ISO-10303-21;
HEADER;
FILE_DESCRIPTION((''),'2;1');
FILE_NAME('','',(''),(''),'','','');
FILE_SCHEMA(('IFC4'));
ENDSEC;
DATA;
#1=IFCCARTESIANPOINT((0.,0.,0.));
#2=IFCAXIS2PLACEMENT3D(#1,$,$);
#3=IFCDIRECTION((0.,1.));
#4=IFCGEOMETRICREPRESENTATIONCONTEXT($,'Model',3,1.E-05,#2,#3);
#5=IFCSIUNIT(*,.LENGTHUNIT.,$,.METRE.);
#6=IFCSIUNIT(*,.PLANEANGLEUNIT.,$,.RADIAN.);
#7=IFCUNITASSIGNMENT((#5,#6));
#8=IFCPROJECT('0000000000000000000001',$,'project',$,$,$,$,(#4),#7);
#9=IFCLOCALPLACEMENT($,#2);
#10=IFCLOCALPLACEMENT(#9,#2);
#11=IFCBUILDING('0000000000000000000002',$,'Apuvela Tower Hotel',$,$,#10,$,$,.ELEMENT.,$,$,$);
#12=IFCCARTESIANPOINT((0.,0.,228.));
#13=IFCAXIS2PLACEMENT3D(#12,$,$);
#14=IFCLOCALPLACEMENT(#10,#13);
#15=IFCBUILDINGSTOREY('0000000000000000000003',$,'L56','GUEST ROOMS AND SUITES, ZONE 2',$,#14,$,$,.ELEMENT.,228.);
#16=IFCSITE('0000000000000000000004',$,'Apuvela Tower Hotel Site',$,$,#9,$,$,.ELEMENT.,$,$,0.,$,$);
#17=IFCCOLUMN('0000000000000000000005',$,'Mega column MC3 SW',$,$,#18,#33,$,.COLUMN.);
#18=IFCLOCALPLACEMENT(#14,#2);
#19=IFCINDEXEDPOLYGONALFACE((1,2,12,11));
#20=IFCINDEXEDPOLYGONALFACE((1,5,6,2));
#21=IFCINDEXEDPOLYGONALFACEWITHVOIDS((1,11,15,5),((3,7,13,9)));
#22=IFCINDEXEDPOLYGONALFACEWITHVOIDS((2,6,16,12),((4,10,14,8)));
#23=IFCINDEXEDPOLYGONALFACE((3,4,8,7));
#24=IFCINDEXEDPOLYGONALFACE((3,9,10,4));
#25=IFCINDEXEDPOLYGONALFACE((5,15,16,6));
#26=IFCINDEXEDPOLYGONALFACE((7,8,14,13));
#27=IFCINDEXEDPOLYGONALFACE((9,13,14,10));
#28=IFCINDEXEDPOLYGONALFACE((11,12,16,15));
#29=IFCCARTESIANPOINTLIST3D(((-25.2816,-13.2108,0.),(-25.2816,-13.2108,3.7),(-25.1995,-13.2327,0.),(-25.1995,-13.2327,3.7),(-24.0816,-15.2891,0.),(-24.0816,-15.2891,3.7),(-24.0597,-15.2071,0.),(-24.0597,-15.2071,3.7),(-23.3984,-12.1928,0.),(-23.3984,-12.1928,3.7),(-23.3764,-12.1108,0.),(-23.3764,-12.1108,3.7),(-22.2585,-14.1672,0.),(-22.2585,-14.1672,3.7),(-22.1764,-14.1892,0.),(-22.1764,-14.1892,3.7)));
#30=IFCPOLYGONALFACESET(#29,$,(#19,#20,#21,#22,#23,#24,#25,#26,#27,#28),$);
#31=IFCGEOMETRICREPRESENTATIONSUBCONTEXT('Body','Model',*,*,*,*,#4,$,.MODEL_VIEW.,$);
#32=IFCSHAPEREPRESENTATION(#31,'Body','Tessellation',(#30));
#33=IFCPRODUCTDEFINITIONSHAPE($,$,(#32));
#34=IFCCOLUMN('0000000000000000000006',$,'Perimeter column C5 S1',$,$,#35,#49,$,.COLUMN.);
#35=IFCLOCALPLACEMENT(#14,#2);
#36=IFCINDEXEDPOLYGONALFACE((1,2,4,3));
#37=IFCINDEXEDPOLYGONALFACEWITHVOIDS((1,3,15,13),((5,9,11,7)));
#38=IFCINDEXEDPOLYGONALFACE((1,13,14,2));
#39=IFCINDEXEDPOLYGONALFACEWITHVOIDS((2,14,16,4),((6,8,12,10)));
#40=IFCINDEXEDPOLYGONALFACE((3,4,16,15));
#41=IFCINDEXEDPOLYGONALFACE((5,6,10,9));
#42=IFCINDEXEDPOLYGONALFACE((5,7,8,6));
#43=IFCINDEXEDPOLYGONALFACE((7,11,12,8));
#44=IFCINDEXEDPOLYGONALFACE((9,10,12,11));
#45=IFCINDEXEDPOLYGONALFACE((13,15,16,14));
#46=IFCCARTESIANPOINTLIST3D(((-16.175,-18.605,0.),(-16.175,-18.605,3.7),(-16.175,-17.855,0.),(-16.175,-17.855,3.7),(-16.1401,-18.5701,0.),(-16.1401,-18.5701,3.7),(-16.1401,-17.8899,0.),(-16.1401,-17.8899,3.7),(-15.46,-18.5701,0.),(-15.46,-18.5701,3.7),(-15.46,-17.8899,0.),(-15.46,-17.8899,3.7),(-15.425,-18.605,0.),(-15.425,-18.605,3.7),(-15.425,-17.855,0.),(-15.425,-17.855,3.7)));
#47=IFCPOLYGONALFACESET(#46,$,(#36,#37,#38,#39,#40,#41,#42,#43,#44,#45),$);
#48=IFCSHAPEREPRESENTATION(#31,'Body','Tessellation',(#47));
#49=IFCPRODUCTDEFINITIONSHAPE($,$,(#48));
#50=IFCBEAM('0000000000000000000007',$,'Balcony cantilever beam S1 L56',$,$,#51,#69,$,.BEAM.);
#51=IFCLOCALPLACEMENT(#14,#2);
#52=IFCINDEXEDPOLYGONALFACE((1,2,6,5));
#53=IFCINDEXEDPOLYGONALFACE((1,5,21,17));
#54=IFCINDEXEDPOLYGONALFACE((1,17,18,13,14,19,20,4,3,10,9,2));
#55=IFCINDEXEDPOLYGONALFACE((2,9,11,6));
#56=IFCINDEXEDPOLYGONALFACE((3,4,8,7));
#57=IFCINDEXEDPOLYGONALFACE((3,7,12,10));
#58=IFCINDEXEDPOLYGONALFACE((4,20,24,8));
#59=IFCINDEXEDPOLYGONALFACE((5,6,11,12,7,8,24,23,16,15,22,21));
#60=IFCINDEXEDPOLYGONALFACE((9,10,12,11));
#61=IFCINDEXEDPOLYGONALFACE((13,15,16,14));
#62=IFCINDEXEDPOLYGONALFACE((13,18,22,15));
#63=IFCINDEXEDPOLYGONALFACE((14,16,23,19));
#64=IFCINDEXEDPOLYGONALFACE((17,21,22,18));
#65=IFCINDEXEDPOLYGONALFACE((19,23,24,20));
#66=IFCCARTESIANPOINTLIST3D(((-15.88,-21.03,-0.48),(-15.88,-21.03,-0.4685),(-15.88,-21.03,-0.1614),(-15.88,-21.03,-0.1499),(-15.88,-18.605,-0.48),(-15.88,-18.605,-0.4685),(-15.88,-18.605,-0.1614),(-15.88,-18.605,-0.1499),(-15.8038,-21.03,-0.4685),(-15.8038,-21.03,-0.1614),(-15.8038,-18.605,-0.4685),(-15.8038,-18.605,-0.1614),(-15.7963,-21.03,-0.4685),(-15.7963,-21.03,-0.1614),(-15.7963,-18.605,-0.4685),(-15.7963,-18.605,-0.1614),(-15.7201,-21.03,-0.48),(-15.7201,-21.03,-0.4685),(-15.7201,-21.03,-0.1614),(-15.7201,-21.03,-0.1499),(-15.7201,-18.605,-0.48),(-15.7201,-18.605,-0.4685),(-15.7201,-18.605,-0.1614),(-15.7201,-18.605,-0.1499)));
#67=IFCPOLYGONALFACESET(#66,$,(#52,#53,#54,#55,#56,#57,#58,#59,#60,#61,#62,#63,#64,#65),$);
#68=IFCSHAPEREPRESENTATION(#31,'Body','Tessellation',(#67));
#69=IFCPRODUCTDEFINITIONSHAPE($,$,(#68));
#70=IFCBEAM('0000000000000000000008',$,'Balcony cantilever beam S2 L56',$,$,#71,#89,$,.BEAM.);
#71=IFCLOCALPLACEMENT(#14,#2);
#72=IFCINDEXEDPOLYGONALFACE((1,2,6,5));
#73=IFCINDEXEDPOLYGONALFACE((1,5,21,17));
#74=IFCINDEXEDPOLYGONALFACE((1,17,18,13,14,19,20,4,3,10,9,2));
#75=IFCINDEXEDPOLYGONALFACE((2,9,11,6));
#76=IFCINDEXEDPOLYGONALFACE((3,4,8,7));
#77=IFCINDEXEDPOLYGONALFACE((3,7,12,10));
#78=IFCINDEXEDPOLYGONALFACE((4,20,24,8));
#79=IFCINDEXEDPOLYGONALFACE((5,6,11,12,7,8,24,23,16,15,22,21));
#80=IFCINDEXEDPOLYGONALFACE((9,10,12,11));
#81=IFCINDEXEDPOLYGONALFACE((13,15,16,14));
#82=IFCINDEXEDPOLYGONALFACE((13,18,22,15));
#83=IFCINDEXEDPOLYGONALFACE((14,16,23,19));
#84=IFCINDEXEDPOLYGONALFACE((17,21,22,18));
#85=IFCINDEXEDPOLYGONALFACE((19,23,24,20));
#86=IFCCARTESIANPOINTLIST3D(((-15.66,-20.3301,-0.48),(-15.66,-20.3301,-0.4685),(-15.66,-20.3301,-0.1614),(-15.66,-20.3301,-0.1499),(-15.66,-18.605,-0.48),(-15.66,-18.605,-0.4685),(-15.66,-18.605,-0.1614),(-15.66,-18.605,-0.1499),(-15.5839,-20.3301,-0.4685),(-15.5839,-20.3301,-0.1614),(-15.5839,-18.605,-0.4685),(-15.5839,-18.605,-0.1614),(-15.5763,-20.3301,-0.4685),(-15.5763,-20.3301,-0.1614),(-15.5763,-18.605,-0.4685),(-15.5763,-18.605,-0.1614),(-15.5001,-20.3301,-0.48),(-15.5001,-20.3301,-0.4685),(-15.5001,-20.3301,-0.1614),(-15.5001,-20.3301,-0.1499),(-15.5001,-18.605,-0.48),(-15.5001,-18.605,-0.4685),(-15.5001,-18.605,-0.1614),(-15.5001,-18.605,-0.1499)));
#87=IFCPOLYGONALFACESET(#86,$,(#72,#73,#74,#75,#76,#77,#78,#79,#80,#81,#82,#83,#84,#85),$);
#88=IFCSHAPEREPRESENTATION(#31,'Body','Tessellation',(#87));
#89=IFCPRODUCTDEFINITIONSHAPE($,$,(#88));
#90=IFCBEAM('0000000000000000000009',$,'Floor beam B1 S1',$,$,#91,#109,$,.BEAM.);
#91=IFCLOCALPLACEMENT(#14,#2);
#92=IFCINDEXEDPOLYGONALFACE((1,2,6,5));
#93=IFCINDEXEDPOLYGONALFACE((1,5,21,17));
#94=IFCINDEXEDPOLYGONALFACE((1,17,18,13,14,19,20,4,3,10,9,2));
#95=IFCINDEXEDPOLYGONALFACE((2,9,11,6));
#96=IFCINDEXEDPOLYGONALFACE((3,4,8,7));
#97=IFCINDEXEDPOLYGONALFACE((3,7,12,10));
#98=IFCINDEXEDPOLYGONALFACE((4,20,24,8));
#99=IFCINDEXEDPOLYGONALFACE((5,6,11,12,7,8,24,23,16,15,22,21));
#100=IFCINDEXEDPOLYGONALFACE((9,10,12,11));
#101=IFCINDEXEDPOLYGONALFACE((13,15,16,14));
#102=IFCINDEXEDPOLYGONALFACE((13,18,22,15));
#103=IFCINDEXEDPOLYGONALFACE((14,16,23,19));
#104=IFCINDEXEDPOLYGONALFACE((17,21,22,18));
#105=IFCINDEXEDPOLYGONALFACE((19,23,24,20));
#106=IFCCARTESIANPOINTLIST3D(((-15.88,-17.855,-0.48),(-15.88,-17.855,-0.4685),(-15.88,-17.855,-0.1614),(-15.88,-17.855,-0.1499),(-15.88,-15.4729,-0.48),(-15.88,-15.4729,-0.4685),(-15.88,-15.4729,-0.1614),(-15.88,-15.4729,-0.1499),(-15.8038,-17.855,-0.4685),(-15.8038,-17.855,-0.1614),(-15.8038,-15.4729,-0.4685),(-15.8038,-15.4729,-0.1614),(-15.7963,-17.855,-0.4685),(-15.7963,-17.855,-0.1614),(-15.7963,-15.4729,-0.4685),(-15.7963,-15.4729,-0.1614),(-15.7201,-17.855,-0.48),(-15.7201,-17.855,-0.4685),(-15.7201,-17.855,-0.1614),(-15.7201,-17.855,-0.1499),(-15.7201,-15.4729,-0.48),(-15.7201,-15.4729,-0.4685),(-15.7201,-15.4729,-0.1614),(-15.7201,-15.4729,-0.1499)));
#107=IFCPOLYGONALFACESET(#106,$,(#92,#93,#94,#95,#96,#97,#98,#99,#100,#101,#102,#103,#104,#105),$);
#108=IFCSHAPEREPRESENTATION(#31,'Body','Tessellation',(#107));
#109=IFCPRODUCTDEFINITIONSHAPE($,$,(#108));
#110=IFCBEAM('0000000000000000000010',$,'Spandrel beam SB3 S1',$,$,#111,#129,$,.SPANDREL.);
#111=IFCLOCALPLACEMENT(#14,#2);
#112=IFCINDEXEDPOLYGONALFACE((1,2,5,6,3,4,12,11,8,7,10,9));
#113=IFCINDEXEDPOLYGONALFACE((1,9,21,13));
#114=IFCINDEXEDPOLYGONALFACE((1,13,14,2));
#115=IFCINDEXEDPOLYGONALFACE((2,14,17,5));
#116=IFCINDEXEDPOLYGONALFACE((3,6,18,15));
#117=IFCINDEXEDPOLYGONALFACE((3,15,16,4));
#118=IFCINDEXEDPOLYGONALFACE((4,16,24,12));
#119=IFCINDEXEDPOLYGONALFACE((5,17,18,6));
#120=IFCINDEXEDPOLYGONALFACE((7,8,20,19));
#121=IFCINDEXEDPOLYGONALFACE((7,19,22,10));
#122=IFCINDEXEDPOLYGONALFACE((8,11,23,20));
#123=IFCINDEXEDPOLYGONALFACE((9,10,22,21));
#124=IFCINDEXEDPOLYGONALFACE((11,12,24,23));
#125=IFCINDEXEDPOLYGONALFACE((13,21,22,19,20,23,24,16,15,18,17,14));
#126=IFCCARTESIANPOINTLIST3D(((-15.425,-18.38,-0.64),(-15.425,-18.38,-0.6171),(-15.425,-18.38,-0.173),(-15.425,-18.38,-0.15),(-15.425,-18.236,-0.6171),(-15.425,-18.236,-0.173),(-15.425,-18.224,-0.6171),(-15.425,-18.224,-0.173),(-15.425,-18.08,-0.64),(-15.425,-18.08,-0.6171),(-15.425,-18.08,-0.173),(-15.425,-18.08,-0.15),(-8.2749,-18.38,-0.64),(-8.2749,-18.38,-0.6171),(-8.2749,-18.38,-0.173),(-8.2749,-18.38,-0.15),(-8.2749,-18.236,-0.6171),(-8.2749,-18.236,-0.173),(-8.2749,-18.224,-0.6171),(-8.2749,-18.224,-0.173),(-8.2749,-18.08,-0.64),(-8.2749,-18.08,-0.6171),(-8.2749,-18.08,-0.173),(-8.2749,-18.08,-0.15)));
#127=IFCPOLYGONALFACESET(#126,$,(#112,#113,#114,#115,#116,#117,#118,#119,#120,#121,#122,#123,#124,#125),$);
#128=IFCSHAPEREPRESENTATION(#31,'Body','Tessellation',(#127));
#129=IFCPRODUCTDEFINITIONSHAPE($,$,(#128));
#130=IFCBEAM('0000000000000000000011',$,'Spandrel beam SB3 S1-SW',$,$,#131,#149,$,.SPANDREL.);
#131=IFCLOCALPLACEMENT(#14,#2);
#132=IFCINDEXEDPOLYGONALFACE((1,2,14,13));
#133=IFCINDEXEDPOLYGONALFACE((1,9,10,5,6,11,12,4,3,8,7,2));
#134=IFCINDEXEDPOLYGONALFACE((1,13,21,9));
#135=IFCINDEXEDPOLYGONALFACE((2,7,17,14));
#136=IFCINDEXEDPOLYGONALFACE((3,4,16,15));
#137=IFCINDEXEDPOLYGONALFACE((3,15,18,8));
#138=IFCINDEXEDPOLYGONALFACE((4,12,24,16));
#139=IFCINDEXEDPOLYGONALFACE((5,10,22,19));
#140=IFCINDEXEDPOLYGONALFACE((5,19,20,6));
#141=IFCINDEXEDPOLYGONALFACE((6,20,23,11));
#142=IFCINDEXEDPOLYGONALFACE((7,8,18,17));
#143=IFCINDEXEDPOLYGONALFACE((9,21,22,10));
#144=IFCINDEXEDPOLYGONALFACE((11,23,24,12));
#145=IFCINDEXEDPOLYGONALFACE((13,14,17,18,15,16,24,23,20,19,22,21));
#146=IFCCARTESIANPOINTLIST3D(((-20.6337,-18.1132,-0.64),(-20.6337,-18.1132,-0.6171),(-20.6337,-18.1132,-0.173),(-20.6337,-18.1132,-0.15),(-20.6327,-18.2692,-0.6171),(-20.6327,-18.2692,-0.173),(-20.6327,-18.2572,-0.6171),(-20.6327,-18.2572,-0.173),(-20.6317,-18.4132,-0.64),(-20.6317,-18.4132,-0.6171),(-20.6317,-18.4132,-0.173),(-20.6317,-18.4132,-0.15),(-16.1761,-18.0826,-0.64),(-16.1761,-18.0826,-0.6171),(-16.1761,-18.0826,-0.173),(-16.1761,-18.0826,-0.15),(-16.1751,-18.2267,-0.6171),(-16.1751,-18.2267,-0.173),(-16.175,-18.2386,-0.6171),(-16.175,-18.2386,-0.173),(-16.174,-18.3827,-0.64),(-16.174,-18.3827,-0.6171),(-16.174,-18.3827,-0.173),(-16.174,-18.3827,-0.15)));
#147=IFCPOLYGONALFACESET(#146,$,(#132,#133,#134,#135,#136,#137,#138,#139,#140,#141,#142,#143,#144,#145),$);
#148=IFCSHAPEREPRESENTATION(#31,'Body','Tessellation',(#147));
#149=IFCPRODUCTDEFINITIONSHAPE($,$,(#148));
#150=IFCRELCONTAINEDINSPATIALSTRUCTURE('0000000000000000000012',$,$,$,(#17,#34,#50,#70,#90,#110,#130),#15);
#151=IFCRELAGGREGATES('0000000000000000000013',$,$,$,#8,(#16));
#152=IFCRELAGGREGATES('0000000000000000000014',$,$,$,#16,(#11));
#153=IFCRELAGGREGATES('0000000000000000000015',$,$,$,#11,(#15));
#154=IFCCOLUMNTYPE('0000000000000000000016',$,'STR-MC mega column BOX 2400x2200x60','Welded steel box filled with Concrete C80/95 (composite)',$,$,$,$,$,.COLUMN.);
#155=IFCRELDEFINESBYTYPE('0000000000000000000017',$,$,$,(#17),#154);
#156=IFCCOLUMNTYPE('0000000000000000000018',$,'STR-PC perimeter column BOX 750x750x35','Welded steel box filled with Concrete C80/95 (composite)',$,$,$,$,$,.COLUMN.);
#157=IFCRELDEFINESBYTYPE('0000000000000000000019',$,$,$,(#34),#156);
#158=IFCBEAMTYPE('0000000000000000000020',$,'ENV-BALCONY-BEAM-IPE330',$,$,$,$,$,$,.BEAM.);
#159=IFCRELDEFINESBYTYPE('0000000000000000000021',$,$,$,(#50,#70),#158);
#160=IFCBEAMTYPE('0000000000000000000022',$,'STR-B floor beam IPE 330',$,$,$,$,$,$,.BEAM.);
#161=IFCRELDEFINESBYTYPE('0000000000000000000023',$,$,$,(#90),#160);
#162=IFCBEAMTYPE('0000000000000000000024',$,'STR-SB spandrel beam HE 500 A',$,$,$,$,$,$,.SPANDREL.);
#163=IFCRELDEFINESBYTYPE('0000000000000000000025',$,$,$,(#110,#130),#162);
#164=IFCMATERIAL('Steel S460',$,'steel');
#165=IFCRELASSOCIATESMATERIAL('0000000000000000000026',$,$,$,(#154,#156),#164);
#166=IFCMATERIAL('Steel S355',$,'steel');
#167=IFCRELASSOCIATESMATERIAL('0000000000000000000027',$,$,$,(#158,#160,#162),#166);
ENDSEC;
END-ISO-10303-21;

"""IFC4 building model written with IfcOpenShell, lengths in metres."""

from ifc_helpers import new_model, si_unit, direction, frame, origin, origin_2d, place, context, subcontext, project, spatial, rectangle, hollow_rectangle, i_section, extrude, material, material_profile, profile_set, type_object, element, save


model = new_model("IFC4")

# Units and contexts
model_context = context("Model", 3, precision=1e-05, world=origin(), true_north=direction((0.0, 1.0)))
body_context = subcontext(model_context, "Body", "Model", "MODEL_VIEW")
ifc_project = project(units=[si_unit("LENGTHUNIT", "METRE"), si_unit("PLANEANGLEUNIT", "RADIAN")], contexts=[model_context])

# Site, building, storey
site_placement = place(None, origin())
site = spatial("IfcSite", under=ifc_project, at=site_placement, Name="Apuvela Tower Hotel Site", CompositionType="ELEMENT", RefElevation=0.0)
building_placement = place(site_placement, origin())
building = spatial("IfcBuilding", under=site, at=building_placement, Name="Apuvela Tower Hotel", CompositionType="ELEMENT")
storey_placement = place(building_placement, frame((0.0, 0.0, 228.0)))
storey = spatial("IfcBuildingStorey", under=building, at=storey_placement, Name="L56", Description="GUEST ROOMS AND SUITES, ZONE 2", CompositionType="ELEMENT", Elevation=228.0)

# Columns
ifc_material_1 = material(Name="Steel S460", Category="steel")
ifc_material_profile_1 = material_profile(ifc_material_1, hollow_rectangle(XDim=2.3999, YDim=2.2, WallThickness=0.0601, at=origin_2d()), Name="BOX 2400x2200x60")
ifc_material_2 = material(Name="Concrete C80/95", Category="concrete")
ifc_material_profile_2 = material_profile(ifc_material_2, rectangle(XDim=2.28, YDim=2.0801, at=origin_2d()), Name="Concrete C80/95 infill")
ifc_profile_set_1 = profile_set([ifc_material_profile_1, ifc_material_profile_2], Name="Steel S460")
column_type_1 = type_object("IfcColumnType", Name="STR-MC mega column BOX 2400x2200x60", Description="Welded steel box filled with Concrete C80/95 (composite)", PredefinedType="COLUMN", material=ifc_profile_set_1)
column_1_placement = place(storey_placement, frame((-23.729, -13.7, 0.0), z_axis=(0.0, 0.0, 1.0), x_axis=(-0.5, 0.866025, 0.0)))
element("IfcColumn", 1, at=column_1_placement, inside=storey, type_object=column_type_1, Name="Mega column MC3 SW", PredefinedType="COLUMN", context=body_context, shape_type="SweptSolid", body=[
    extrude(hollow_rectangle(XDim=2.3999, YDim=2.2, WallThickness=0.0601, at=origin_2d()), origin(), (0.0, 0.0, 1.0), 3.7),
])
ifc_material_profile_3 = material_profile(ifc_material_1, hollow_rectangle(XDim=0.75, YDim=0.75, WallThickness=0.0349, at=origin_2d()), Name="BOX 750x750x35")
ifc_material_profile_4 = material_profile(ifc_material_2, rectangle(XDim=0.6799, YDim=0.6799, at=origin_2d()), Name="Concrete C80/95 infill")
ifc_profile_set_2 = profile_set([ifc_material_profile_3, ifc_material_profile_4], Name="Steel S460")
column_type_2 = type_object("IfcColumnType", Name="STR-PC perimeter column BOX 750x750x35", Description="Welded steel box filled with Concrete C80/95 (composite)", PredefinedType="COLUMN", material=ifc_profile_set_2)
column_2_placement = place(storey_placement, frame((-15.8, -18.23, 0.0), z_axis=(0.0, 0.0, 1.0), x_axis=(-1.0, 0.0, 0.0)))
element("IfcColumn", 2, at=column_2_placement, inside=storey, type_object=column_type_2, Name="Perimeter column C5 S1", PredefinedType="COLUMN", context=body_context, shape_type="SweptSolid", body=[
    extrude(hollow_rectangle(XDim=0.75, YDim=0.75, WallThickness=0.0349, at=origin_2d()), origin(), (0.0, 0.0, 1.0), 3.7),
])

# Beams
ifc_material_3 = material(Name="Steel S355", Category="steel")
ifc_material_profile_5 = material_profile(ifc_material_3, i_section(OverallWidth=0.1599, OverallDepth=0.3301, WebThickness=0.0076, FlangeThickness=0.0115, at=origin_2d()), Name="IPE 330")
ifc_profile_set_3 = profile_set([ifc_material_profile_5], Name="Steel S355")
beam_type_1 = type_object("IfcBeamType", Name="ENV-BALCONY-BEAM-IPE330", PredefinedType="BEAM", material=ifc_profile_set_3)
beam_1_placement = place(storey_placement, frame((-15.8, -18.605, -0.3149), z_axis=(0.0, -1.0, 0.0), x_axis=(1.0, 0.0, 0.0)))
element("IfcBeam", 3, at=beam_1_placement, inside=storey, type_object=beam_type_1, Name="Balcony cantilever beam S1 L56", PredefinedType="BEAM", context=body_context, shape_type="SweptSolid", body=[
    extrude(i_section(OverallWidth=0.1599, OverallDepth=0.3301, WebThickness=0.0076, FlangeThickness=0.0115, at=origin_2d()), origin(), (0.0, 0.0, 1.0), 2.425),
])
beam_2_placement = place(storey_placement, frame((-15.5801, -18.605, -0.3149), z_axis=(0.0, -1.0, 0.0), x_axis=(1.0, 0.0, 0.0)))
element("IfcBeam", 4, at=beam_2_placement, inside=storey, type_object=beam_type_1, Name="Balcony cantilever beam S2 L56", PredefinedType="BEAM", context=body_context, shape_type="SweptSolid", body=[
    extrude(i_section(OverallWidth=0.1599, OverallDepth=0.3301, WebThickness=0.0076, FlangeThickness=0.0115, at=origin_2d()), origin(), (0.0, 0.0, 1.0), 1.7251),
])
ifc_material_profile_6 = material_profile(ifc_material_3, i_section(OverallWidth=0.1599, OverallDepth=0.3301, WebThickness=0.0076, FlangeThickness=0.0115, at=origin_2d()), Name="IPE 330")
ifc_profile_set_4 = profile_set([ifc_material_profile_6], Name="Steel S355")
beam_type_2 = type_object("IfcBeamType", Name="STR-B floor beam IPE 330", PredefinedType="BEAM", material=ifc_profile_set_4)
beam_3_placement = place(storey_placement, frame((-15.8, -17.855, -0.3149), z_axis=(0.0, 1.0, 0.0), x_axis=(-1.0, 0.0, 0.0)))
element("IfcBeam", 5, at=beam_3_placement, inside=storey, type_object=beam_type_2, Name="Floor beam B1 S1", PredefinedType="BEAM", context=body_context, shape_type="SweptSolid", body=[
    extrude(i_section(OverallWidth=0.1599, OverallDepth=0.3301, WebThickness=0.0076, FlangeThickness=0.0115, at=origin_2d()), origin(), (0.0, 0.0, 1.0), 2.3821),
])
ifc_material_profile_7 = material_profile(ifc_material_3, i_section(OverallWidth=0.3, OverallDepth=0.49, WebThickness=0.012, FlangeThickness=0.0229, at=origin_2d()), Name="HE 500 A")
ifc_profile_set_5 = profile_set([ifc_material_profile_7], Name="Steel S355")
beam_type_3 = type_object("IfcBeamType", Name="STR-SB spandrel beam HE 500 A", PredefinedType="SPANDREL", material=ifc_profile_set_5)
beam_4_placement = place(storey_placement, frame((-15.425, -18.23, -0.395), z_axis=(1.0, 0.0, 0.0), x_axis=(0.0, 1.0, 0.0)))
element("IfcBeam", 6, at=beam_4_placement, inside=storey, type_object=beam_type_3, Name="Spandrel beam SB3 S1", PredefinedType="SPANDREL", context=body_context, shape_type="SweptSolid", body=[
    extrude(i_section(OverallWidth=0.3, OverallDepth=0.49, WebThickness=0.012, FlangeThickness=0.0229, at=origin_2d()), origin(), (0.0, 0.0, 1.0), 7.1501),
])
beam_5_placement = place(storey_placement, frame((-16.175, -18.2327, -0.395), z_axis=(-0.999977, -0.006846, 0.0), x_axis=(0.006846, -0.999977, 0.0)))
element("IfcBeam", 7, at=beam_5_placement, inside=storey, type_object=beam_type_3, Name="Spandrel beam SB3 S1-SW", PredefinedType="SPANDREL", context=body_context, shape_type="SweptSolid", body=[
    extrude(i_section(OverallWidth=0.3, OverallDepth=0.49, WebThickness=0.012, FlangeThickness=0.0229, at=origin_2d()), origin(), (0.0, 0.0, 1.0), 4.4578),
])

save(model, "model.ifc")
